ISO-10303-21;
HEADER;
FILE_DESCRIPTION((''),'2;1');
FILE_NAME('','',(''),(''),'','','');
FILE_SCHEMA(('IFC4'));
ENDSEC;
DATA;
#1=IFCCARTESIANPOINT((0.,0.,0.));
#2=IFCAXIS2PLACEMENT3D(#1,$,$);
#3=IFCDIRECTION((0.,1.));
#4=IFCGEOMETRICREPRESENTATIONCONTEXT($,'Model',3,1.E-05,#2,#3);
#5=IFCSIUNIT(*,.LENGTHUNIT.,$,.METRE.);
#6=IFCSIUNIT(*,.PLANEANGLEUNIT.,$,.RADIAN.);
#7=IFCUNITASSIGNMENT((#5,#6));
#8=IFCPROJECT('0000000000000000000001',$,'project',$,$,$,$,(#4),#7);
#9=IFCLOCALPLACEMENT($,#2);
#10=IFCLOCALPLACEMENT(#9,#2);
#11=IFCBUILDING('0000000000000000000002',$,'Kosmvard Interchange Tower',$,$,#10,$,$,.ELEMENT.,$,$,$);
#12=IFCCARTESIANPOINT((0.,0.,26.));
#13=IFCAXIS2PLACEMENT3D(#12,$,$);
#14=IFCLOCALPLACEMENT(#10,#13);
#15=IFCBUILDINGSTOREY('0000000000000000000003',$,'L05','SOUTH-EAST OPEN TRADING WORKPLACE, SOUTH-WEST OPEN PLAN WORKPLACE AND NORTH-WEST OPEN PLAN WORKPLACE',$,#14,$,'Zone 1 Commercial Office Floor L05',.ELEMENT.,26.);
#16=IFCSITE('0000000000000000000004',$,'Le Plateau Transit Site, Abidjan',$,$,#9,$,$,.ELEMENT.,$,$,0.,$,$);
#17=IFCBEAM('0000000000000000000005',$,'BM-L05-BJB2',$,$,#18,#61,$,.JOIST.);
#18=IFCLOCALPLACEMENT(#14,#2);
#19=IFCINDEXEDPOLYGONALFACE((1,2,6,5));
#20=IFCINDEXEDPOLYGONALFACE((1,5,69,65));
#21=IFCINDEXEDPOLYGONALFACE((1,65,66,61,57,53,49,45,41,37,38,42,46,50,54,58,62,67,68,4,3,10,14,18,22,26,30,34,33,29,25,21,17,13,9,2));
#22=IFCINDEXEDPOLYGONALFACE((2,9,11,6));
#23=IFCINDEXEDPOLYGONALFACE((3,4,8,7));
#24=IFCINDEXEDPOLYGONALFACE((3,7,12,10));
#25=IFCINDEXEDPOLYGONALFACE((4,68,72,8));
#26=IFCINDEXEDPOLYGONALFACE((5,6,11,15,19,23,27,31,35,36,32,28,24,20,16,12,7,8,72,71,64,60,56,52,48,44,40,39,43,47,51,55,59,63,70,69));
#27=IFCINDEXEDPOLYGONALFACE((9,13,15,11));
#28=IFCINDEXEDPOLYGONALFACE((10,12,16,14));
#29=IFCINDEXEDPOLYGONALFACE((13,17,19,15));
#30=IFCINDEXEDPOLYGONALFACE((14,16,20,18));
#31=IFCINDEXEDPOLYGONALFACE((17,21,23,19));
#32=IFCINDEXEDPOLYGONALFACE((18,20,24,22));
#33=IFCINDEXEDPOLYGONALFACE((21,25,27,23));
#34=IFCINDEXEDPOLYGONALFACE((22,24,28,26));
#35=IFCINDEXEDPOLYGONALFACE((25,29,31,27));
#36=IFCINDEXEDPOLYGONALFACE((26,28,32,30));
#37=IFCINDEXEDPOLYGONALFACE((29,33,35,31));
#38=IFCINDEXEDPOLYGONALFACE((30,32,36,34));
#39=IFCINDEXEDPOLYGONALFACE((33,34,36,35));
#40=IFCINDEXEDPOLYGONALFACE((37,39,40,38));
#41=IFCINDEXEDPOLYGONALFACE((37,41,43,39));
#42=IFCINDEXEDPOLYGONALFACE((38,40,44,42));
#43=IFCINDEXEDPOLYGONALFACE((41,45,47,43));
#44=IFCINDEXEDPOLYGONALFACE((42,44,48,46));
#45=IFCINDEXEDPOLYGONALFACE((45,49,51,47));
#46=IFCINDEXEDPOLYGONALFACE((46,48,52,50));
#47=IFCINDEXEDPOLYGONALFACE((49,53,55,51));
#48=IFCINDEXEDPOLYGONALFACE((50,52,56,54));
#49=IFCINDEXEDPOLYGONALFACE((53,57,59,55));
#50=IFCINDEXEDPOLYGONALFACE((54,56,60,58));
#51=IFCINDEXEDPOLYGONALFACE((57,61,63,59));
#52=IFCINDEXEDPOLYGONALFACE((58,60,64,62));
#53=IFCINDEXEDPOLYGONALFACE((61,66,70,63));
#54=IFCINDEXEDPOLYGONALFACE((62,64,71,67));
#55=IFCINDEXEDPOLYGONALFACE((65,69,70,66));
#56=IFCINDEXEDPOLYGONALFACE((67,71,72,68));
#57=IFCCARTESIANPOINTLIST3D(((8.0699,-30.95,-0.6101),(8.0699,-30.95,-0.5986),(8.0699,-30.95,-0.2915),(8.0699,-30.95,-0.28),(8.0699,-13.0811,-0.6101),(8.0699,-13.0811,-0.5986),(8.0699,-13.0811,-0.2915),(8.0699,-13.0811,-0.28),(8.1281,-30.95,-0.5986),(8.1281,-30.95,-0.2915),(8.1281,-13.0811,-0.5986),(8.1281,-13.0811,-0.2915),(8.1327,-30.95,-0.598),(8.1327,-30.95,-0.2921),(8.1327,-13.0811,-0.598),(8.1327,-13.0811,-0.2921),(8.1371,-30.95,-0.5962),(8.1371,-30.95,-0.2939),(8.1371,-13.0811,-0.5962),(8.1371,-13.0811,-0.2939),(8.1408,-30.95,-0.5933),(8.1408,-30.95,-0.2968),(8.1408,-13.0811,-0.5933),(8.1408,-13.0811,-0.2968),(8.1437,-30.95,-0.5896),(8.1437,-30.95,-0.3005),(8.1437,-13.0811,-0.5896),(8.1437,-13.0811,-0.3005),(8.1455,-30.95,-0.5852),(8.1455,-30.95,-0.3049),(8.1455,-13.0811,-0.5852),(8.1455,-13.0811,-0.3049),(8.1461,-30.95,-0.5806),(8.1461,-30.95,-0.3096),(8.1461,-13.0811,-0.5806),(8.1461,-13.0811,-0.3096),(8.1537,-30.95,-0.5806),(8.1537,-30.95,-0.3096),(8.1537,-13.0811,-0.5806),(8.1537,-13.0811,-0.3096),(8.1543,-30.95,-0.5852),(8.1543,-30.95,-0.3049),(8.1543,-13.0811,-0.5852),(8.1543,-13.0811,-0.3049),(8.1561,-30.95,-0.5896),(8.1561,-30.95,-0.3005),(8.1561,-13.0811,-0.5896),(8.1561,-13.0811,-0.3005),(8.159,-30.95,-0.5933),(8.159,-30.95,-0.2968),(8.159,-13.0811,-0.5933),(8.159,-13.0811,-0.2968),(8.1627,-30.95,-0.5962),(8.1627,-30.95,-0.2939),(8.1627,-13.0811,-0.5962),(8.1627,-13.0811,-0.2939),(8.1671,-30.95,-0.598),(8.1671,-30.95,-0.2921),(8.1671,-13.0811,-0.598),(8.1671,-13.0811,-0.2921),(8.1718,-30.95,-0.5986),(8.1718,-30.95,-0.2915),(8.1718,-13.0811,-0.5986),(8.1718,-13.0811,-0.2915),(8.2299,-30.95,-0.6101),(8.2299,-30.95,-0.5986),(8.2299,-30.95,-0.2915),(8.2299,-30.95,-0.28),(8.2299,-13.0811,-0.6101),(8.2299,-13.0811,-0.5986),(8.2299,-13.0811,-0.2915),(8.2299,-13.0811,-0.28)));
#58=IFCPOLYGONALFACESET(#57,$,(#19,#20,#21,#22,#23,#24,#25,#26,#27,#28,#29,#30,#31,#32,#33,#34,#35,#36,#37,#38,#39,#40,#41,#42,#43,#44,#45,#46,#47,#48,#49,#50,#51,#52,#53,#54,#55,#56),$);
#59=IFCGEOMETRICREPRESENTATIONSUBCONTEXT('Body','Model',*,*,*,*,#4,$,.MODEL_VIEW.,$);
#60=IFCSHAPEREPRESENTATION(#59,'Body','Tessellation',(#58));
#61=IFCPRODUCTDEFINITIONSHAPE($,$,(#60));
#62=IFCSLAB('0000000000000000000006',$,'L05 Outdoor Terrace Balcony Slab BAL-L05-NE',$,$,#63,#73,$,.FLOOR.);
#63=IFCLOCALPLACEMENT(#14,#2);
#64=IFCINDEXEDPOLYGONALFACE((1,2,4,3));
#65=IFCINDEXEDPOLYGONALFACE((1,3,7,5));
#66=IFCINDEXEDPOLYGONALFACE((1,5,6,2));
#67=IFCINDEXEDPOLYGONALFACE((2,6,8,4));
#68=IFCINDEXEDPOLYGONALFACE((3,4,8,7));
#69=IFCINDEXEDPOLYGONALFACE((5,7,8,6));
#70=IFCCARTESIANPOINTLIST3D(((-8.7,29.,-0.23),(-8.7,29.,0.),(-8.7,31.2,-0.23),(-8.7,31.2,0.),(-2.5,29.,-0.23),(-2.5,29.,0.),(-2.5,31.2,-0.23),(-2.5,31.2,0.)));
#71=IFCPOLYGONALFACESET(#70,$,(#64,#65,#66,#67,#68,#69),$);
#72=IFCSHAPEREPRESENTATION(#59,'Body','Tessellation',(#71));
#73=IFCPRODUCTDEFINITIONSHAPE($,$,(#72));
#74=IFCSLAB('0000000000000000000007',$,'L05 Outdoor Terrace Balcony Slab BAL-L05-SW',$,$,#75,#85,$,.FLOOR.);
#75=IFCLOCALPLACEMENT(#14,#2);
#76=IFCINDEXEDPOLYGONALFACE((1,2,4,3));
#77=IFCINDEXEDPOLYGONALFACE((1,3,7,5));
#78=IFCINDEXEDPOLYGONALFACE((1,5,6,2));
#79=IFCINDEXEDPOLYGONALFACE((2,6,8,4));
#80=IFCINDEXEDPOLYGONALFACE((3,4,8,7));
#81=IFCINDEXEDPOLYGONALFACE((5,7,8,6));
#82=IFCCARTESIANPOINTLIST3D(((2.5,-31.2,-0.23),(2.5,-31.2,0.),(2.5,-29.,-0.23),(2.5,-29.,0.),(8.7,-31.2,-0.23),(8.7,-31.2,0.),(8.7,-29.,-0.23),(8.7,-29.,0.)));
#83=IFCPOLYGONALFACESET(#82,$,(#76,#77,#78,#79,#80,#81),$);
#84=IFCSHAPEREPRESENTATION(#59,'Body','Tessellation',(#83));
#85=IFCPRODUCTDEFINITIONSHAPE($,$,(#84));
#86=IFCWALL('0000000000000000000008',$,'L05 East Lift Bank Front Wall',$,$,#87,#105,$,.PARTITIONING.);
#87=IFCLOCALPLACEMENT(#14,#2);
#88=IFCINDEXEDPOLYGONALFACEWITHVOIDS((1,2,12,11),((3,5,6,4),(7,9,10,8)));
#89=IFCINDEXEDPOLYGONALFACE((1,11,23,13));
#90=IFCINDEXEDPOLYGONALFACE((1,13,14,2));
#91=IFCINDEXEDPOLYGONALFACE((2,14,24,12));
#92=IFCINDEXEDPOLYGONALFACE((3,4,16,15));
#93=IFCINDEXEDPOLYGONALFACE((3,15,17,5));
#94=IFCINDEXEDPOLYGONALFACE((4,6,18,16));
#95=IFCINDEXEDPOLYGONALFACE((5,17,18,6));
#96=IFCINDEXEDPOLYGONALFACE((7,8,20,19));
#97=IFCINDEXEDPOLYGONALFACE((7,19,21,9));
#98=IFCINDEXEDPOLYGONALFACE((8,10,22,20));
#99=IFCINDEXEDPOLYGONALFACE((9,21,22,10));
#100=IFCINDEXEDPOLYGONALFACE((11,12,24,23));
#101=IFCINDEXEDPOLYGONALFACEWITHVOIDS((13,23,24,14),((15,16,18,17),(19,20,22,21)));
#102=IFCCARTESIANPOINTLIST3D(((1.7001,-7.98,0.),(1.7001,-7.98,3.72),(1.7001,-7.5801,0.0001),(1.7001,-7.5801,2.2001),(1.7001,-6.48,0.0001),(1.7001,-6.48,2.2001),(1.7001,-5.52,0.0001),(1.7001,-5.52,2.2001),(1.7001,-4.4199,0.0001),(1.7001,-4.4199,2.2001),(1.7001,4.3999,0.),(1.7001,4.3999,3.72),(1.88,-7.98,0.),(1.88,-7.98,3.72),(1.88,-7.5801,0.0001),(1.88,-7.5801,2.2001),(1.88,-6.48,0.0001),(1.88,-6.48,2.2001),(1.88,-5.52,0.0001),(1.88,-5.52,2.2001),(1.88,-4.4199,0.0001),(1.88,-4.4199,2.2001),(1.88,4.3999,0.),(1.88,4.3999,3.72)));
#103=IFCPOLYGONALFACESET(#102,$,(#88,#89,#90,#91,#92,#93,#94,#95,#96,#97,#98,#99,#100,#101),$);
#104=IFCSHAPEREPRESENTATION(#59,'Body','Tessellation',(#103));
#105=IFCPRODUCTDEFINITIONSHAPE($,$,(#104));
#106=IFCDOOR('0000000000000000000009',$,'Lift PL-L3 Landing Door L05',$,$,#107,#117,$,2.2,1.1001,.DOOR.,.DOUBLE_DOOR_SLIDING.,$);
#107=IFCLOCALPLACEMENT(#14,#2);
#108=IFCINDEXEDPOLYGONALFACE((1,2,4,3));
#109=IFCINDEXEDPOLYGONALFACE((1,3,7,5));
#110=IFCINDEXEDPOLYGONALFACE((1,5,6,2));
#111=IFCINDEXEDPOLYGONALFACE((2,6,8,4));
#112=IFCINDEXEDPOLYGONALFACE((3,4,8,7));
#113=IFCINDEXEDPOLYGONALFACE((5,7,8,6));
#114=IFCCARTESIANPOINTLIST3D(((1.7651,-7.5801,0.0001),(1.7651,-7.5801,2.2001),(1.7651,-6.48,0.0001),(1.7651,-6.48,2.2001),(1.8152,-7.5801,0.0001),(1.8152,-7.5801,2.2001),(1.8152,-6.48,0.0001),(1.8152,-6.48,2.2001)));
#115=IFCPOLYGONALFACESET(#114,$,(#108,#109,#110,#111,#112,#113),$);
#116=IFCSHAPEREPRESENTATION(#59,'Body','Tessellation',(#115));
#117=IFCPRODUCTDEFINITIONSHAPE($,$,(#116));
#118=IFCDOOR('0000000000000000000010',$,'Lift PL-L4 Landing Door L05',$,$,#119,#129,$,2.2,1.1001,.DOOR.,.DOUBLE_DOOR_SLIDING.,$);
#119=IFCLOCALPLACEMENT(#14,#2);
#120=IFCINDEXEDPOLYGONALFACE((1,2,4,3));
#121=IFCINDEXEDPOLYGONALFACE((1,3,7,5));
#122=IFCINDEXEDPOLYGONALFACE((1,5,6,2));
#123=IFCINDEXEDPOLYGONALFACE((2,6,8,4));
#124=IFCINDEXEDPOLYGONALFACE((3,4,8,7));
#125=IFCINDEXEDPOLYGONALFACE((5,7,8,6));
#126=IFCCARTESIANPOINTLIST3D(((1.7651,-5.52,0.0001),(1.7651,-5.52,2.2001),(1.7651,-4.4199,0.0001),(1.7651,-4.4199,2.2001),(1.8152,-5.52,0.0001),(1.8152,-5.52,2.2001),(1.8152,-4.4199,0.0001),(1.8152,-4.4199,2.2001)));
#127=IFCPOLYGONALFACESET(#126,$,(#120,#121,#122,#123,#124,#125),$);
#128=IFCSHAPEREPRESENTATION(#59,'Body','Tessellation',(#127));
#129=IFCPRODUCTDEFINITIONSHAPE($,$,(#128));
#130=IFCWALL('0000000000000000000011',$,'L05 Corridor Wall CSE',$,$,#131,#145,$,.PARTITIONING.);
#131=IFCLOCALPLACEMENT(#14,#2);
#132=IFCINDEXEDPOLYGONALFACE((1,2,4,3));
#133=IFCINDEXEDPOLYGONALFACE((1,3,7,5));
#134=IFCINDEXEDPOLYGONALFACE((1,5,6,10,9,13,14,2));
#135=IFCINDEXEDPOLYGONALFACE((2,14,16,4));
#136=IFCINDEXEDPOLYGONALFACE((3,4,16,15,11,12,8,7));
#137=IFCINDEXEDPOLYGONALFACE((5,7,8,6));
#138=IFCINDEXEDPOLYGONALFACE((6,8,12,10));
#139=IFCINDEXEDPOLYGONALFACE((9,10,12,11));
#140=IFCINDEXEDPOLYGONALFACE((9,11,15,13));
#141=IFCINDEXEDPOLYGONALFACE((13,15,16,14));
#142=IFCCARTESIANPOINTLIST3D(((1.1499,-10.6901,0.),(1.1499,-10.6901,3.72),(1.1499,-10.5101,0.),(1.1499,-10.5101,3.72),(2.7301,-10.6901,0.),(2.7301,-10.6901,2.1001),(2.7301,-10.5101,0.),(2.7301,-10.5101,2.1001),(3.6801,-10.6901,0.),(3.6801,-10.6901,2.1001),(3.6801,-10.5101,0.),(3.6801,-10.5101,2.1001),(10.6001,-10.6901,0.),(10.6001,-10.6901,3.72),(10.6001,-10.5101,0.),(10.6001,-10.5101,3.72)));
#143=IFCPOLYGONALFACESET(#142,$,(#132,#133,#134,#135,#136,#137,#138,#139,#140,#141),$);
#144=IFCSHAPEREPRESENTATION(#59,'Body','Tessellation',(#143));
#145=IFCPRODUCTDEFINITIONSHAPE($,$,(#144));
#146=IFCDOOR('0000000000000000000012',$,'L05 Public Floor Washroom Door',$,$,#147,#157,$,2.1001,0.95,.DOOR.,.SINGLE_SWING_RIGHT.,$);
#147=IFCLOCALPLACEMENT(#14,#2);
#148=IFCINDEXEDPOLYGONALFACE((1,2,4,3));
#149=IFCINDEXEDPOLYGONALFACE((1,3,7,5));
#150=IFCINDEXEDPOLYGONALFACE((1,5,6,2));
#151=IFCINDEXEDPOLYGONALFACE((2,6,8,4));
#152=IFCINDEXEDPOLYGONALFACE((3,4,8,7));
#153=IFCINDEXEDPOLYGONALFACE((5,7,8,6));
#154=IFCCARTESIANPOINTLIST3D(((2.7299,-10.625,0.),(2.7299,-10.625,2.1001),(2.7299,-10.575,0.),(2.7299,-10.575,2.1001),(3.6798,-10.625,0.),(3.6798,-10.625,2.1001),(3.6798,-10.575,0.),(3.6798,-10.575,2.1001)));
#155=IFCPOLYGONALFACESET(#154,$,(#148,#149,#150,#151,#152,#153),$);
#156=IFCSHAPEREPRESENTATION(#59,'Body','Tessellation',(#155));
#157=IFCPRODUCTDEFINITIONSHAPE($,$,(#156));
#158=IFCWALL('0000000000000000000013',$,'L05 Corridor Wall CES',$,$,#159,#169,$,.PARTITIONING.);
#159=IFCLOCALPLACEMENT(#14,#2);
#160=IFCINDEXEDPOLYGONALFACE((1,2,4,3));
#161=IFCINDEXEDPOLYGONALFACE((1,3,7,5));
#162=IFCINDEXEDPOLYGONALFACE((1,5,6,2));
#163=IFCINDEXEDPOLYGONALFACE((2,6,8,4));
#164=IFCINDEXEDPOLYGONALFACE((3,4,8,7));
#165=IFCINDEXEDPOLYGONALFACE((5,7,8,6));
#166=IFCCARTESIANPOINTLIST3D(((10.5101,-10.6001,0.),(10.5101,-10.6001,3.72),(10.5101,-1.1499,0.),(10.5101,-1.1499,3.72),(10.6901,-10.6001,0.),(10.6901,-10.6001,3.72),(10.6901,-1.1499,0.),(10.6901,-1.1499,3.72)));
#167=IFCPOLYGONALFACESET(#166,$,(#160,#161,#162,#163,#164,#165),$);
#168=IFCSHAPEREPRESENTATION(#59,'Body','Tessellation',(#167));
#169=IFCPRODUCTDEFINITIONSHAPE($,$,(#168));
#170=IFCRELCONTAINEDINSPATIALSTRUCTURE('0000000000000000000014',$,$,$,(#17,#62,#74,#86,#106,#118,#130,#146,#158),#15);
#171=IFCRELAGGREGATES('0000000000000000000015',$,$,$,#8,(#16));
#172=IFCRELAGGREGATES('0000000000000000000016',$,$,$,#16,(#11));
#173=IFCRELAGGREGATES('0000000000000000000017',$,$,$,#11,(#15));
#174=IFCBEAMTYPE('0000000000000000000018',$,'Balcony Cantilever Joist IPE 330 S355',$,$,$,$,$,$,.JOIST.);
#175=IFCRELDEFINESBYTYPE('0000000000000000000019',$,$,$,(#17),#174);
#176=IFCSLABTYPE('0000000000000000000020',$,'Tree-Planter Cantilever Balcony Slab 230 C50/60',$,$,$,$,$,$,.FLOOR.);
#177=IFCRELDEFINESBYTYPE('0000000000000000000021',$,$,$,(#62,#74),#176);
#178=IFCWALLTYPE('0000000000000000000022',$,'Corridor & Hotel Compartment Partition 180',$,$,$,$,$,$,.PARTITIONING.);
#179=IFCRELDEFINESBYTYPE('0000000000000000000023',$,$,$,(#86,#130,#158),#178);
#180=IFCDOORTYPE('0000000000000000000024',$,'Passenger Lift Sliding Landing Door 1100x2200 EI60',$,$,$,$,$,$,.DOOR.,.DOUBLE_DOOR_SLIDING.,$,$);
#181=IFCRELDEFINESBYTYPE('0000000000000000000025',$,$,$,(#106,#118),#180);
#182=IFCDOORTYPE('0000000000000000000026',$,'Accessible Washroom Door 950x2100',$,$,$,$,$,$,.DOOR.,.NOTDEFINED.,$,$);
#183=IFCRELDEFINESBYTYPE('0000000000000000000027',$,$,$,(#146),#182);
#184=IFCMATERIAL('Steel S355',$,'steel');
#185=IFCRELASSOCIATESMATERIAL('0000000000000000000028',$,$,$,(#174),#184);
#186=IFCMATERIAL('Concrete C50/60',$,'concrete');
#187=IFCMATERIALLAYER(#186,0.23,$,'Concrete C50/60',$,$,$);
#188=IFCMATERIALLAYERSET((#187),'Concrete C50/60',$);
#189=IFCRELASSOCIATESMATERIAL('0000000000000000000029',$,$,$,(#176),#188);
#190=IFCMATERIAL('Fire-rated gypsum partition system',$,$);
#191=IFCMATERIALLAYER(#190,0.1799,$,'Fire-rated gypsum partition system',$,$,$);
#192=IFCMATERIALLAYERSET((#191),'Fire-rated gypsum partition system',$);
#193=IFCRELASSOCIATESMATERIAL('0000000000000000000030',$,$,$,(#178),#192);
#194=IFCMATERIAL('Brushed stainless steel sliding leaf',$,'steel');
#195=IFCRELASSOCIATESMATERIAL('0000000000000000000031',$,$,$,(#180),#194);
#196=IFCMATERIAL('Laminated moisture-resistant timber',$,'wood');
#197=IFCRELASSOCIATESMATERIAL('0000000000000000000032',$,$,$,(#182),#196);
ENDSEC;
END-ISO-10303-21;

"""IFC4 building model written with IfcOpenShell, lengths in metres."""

from ifc_helpers import new_model, si_unit, direction, frame, frame_2d, origin, origin_2d, place, context, subcontext, project, spatial, polyline, rectangle, i_section, outline, extrude, source, transform, mapped, material, layer, layer_set, material_profile, profile_set, type_object, element, fill, save


model = new_model("IFC4")

# Units and contexts
model_context = context("Model", 3, precision=1e-05, world=origin(), true_north=direction((0.0, 1.0)))
body_context = subcontext(model_context, "Body", "Model", "MODEL_VIEW")
ifc_project = project(units=[si_unit("LENGTHUNIT", "METRE"), si_unit("PLANEANGLEUNIT", "RADIAN")], contexts=[model_context])

# Site, building, storey
site_placement = place(None, origin())
site = spatial("IfcSite", under=ifc_project, at=site_placement, Name="Le Plateau Transit Site, Abidjan", CompositionType="ELEMENT", RefElevation=0.0)
building_placement = place(site_placement, origin())
building = spatial("IfcBuilding", under=site, at=building_placement, Name="Kosmvard Interchange Tower", CompositionType="ELEMENT")
storey_placement = place(building_placement, frame((0.0, 0.0, 26.0)))
storey = spatial("IfcBuildingStorey", under=building, at=storey_placement, Name="L05", Description="SOUTH-EAST OPEN TRADING WORKPLACE, SOUTH-WEST OPEN PLAN WORKPLACE AND NORTH-WEST OPEN PLAN WORKPLACE", LongName="Zone 1 Commercial Office Floor L05", CompositionType="ELEMENT", Elevation=26.0)

# Beam
ifc_material_1 = material(Name="Steel S355", Category="steel")
ifc_material_profile_1 = material_profile(ifc_material_1, i_section(OverallWidth=0.1599, OverallDepth=0.3301, WebThickness=0.0076, FlangeThickness=0.0115, FilletRadius=0.0181, at=origin_2d()), Name="IPE 330")
ifc_profile_set_1 = profile_set([ifc_material_profile_1], Name="Steel S355")
beam_type_1 = type_object("IfcBeamType", Name="Balcony Cantilever Joist IPE 330 S355", PredefinedType="JOIST", material=ifc_profile_set_1)
shared_shape_1 = source(origin(), body_context, "Body", "SweptSolid", [
    extrude(i_section(OverallWidth=0.1599, OverallDepth=0.3301, WebThickness=0.0076, FlangeThickness=0.0115, FilletRadius=0.0181, at=origin_2d()), origin(), (0.0, 0.0, 1.0), 17.8689),
])
beam_1_placement = place(storey_placement, frame((8.1499, -13.0811, -0.4451), z_axis=(0.0, -1.0, 0.0), x_axis=(1.0, 0.0, 0.0)))
element("IfcBeam", 1, at=beam_1_placement, inside=storey, type_object=beam_type_1, Name="BM-L05-BJB2", PredefinedType="JOIST", context=body_context, shape_type="MappedRepresentation", body=[
    mapped(shared_shape_1, transform((0.0, 0.0, 0.0), scale=1.0)),
])

# Slabs
ifc_material_2 = material(Name="Concrete C50/60", Category="concrete")
ifc_layer_1 = layer(ifc_material_2, 0.23, Name="Concrete C50/60")
ifc_layer_set_1 = layer_set([ifc_layer_1], Name="Concrete C50/60")
slab_type = type_object("IfcSlabType", Name="Tree-Planter Cantilever Balcony Slab 230 C50/60", PredefinedType="FLOOR", material=ifc_layer_set_1)
slab_1_placement = place(storey_placement, frame((0.0, 0.0, -0.23)))
element("IfcSlab", 2, at=slab_1_placement, inside=storey, type_object=slab_type, Name="L05 Outdoor Terrace Balcony Slab BAL-L05-NE", PredefinedType="FLOOR", context=body_context, shape_type="SweptSolid", body=[
    extrude(outline(polyline([(-8.7, 29.0), (-2.5, 29.0), (-2.5, 31.2), (-8.7, 31.2), (-8.7, 29.0)])), origin(), (0.0, 0.0, 1.0), 0.23),
])
slab_2_placement = place(storey_placement, frame((0.0, 0.0, -0.23)))
element("IfcSlab", 3, at=slab_2_placement, inside=storey, type_object=slab_type, Name="L05 Outdoor Terrace Balcony Slab BAL-L05-SW", PredefinedType="FLOOR", context=body_context, shape_type="SweptSolid", body=[
    extrude(outline(polyline([(2.5, -31.2), (8.7, -31.2), (8.7, -29.0), (2.5, -29.0), (2.5, -31.2)])), origin(), (0.0, 0.0, 1.0), 0.23),
])

# Wall, openings, doors
ifc_material_3 = material(Name="Fire-rated gypsum partition system")
ifc_layer_2 = layer(ifc_material_3, 0.1799, Name="Fire-rated gypsum partition system")
ifc_layer_set_2 = layer_set([ifc_layer_2], Name="Fire-rated gypsum partition system")
wall_type_1 = type_object("IfcWallType", Name="Corridor & Hotel Compartment Partition 180", PredefinedType="PARTITIONING", material=ifc_layer_set_2)
wall_1_placement = place(storey_placement, frame((1.79, -7.98, 0.0), z_axis=(0.0, 0.0, 1.0), x_axis=(0.0, 1.0, 0.0)))
wall_1 = element("IfcWall", 4, at=wall_1_placement, inside=storey, type_object=wall_type_1, Name="L05 East Lift Bank Front Wall", PredefinedType="PARTITIONING", context=body_context, shape_type="SweptSolid", body=[
    extrude(rectangle(XDim=12.3799, YDim=0.1799, at=frame_2d((6.1899, 0.0))), origin(), (0.0, 0.0, 1.0), 3.72),
])
opening_1_placement = place(wall_1_placement, frame((0.3999, 0.0, 0.0)))
opening_1 = element("IfcOpeningElement", 5, at=opening_1_placement, cuts=wall_1, PredefinedType="OPENING", context=body_context, shape_type="SweptSolid", body=[
    extrude(rectangle(XDim=1.1001, YDim=2.2, at=frame_2d((0.55, 1.1001))), frame((0.0, 0.1001, 0.0), z_axis=(0.0, -1.0, 0.0), x_axis=(1.0, 0.0, 0.0)), (0.0, 0.0, 1.0), 0.2),
])
opening_2_placement = place(wall_1_placement, frame((2.46, 0.0, 0.0)))
opening_2 = element("IfcOpeningElement", 6, at=opening_2_placement, cuts=wall_1, PredefinedType="OPENING", context=body_context, shape_type="SweptSolid", body=[
    extrude(rectangle(XDim=1.1001, YDim=2.2, at=frame_2d((0.55, 1.1001))), frame((0.0, 0.1001, 0.0), z_axis=(0.0, -1.0, 0.0), x_axis=(1.0, 0.0, 0.0)), (0.0, 0.0, 1.0), 0.2),
])
ifc_material_4 = material(Name="Brushed stainless steel sliding leaf", Category="steel")
door_type_1 = type_object("IfcDoorType", Name="Passenger Lift Sliding Landing Door 1100x2200 EI60", OperationType="DOUBLE_DOOR_SLIDING", PredefinedType="DOOR", material=ifc_material_4)
shared_shape_2 = source(origin(), body_context, "Body", "SweptSolid", [
    extrude(rectangle(XDim=1.1001, YDim=2.2, at=frame_2d((0.55, 1.1001))), frame((0.0, 0.0249, 0.0), z_axis=(0.0, -1.0, 0.0), x_axis=(1.0, 0.0, 0.0)), (0.0, 0.0, 1.0), 0.05),
])
door_1_placement = place(opening_1_placement, origin())
door_1 = element("IfcDoor", 7, at=door_1_placement, inside=storey, type_object=door_type_1, Name="Lift PL-L3 Landing Door L05", OperationType="DOUBLE_DOOR_SLIDING", OverallHeight=2.2, OverallWidth=1.1001, PredefinedType="DOOR", context=body_context, shape_type="MappedRepresentation", body=[
    mapped(shared_shape_2, transform((0.0, 0.0, 0.0), scale=1.0)),
])
fill(opening_1, door_1)
door_2_placement = place(opening_2_placement, origin())
door_2 = element("IfcDoor", 8, at=door_2_placement, inside=storey, type_object=door_type_1, Name="Lift PL-L4 Landing Door L05", OperationType="DOUBLE_DOOR_SLIDING", OverallHeight=2.2, OverallWidth=1.1001, PredefinedType="DOOR", context=body_context, shape_type="MappedRepresentation", body=[
    mapped(shared_shape_2, transform((0.0, 0.0, 0.0), scale=1.0)),
])
fill(opening_2, door_2)

# Wall, opening, door
wall_2_placement = place(storey_placement, frame((1.1499, -10.6001, 0.0), z_axis=(0.0, 0.0, 1.0), x_axis=(1.0, 0.0, 0.0)))
wall_2 = element("IfcWall", 9, at=wall_2_placement, inside=storey, type_object=wall_type_1, Name="L05 Corridor Wall CSE", PredefinedType="PARTITIONING", context=body_context, shape_type="SweptSolid", body=[
    extrude(rectangle(XDim=9.4502, YDim=0.1799, at=frame_2d((4.7251, 0.0))), origin(), (0.0, 0.0, 1.0), 3.72),
])
opening_3_placement = place(wall_2_placement, frame((1.5801, 0.0, 0.0)))
opening_3 = element("IfcOpeningElement", 10, at=opening_3_placement, cuts=wall_2, PredefinedType="OPENING", context=body_context, shape_type="SweptSolid", body=[
    extrude(rectangle(XDim=0.95, YDim=2.1001, at=frame_2d((0.4751, 1.05))), frame((0.0, 0.1001, 0.0), z_axis=(0.0, -1.0, 0.0), x_axis=(1.0, 0.0, 0.0)), (0.0, 0.0, 1.0), 0.2),
])
ifc_material_5 = material(Name="Laminated moisture-resistant timber", Category="wood")
door_type_2 = type_object("IfcDoorType", Name="Accessible Washroom Door 950x2100", OperationType="NOTDEFINED", PredefinedType="DOOR", material=ifc_material_5)
shared_shape_3 = source(origin(), body_context, "Body", "SweptSolid", [
    extrude(rectangle(XDim=0.95, YDim=2.1001, at=frame_2d((0.4751, 1.05))), frame((0.0, 0.0249, 0.0), z_axis=(0.0, -1.0, 0.0), x_axis=(1.0, 0.0, 0.0)), (0.0, 0.0, 1.0), 0.05),
])
door_3_placement = place(opening_3_placement, frame((0.95, 0.0, 0.0), z_axis=(0.0, 0.0, 1.0), x_axis=(-1.0, 0.0, 0.0)))
door_3 = element("IfcDoor", 11, at=door_3_placement, inside=storey, type_object=door_type_2, Name="L05 Public Floor Washroom Door", OperationType="SINGLE_SWING_RIGHT", OverallHeight=2.1001, OverallWidth=0.95, PredefinedType="DOOR", context=body_context, shape_type="MappedRepresentation", body=[
    mapped(shared_shape_3, transform((0.0, 0.0, 0.0), scale=1.0)),
])
fill(opening_3, door_3)

# Wall
wall_3_placement = place(storey_placement, frame((10.6001, -10.6001, 0.0), z_axis=(0.0, 0.0, 1.0), x_axis=(0.0, 1.0, 0.0)))
element("IfcWall", 12, at=wall_3_placement, inside=storey, type_object=wall_type_1, Name="L05 Corridor Wall CES", PredefinedType="PARTITIONING", context=body_context, shape_type="SweptSolid", body=[
    extrude(rectangle(XDim=9.4502, YDim=0.1799, at=frame_2d((4.7251, 0.0))), origin(), (0.0, 0.0, 1.0), 3.72),
])

save(model, "model.ifc")
